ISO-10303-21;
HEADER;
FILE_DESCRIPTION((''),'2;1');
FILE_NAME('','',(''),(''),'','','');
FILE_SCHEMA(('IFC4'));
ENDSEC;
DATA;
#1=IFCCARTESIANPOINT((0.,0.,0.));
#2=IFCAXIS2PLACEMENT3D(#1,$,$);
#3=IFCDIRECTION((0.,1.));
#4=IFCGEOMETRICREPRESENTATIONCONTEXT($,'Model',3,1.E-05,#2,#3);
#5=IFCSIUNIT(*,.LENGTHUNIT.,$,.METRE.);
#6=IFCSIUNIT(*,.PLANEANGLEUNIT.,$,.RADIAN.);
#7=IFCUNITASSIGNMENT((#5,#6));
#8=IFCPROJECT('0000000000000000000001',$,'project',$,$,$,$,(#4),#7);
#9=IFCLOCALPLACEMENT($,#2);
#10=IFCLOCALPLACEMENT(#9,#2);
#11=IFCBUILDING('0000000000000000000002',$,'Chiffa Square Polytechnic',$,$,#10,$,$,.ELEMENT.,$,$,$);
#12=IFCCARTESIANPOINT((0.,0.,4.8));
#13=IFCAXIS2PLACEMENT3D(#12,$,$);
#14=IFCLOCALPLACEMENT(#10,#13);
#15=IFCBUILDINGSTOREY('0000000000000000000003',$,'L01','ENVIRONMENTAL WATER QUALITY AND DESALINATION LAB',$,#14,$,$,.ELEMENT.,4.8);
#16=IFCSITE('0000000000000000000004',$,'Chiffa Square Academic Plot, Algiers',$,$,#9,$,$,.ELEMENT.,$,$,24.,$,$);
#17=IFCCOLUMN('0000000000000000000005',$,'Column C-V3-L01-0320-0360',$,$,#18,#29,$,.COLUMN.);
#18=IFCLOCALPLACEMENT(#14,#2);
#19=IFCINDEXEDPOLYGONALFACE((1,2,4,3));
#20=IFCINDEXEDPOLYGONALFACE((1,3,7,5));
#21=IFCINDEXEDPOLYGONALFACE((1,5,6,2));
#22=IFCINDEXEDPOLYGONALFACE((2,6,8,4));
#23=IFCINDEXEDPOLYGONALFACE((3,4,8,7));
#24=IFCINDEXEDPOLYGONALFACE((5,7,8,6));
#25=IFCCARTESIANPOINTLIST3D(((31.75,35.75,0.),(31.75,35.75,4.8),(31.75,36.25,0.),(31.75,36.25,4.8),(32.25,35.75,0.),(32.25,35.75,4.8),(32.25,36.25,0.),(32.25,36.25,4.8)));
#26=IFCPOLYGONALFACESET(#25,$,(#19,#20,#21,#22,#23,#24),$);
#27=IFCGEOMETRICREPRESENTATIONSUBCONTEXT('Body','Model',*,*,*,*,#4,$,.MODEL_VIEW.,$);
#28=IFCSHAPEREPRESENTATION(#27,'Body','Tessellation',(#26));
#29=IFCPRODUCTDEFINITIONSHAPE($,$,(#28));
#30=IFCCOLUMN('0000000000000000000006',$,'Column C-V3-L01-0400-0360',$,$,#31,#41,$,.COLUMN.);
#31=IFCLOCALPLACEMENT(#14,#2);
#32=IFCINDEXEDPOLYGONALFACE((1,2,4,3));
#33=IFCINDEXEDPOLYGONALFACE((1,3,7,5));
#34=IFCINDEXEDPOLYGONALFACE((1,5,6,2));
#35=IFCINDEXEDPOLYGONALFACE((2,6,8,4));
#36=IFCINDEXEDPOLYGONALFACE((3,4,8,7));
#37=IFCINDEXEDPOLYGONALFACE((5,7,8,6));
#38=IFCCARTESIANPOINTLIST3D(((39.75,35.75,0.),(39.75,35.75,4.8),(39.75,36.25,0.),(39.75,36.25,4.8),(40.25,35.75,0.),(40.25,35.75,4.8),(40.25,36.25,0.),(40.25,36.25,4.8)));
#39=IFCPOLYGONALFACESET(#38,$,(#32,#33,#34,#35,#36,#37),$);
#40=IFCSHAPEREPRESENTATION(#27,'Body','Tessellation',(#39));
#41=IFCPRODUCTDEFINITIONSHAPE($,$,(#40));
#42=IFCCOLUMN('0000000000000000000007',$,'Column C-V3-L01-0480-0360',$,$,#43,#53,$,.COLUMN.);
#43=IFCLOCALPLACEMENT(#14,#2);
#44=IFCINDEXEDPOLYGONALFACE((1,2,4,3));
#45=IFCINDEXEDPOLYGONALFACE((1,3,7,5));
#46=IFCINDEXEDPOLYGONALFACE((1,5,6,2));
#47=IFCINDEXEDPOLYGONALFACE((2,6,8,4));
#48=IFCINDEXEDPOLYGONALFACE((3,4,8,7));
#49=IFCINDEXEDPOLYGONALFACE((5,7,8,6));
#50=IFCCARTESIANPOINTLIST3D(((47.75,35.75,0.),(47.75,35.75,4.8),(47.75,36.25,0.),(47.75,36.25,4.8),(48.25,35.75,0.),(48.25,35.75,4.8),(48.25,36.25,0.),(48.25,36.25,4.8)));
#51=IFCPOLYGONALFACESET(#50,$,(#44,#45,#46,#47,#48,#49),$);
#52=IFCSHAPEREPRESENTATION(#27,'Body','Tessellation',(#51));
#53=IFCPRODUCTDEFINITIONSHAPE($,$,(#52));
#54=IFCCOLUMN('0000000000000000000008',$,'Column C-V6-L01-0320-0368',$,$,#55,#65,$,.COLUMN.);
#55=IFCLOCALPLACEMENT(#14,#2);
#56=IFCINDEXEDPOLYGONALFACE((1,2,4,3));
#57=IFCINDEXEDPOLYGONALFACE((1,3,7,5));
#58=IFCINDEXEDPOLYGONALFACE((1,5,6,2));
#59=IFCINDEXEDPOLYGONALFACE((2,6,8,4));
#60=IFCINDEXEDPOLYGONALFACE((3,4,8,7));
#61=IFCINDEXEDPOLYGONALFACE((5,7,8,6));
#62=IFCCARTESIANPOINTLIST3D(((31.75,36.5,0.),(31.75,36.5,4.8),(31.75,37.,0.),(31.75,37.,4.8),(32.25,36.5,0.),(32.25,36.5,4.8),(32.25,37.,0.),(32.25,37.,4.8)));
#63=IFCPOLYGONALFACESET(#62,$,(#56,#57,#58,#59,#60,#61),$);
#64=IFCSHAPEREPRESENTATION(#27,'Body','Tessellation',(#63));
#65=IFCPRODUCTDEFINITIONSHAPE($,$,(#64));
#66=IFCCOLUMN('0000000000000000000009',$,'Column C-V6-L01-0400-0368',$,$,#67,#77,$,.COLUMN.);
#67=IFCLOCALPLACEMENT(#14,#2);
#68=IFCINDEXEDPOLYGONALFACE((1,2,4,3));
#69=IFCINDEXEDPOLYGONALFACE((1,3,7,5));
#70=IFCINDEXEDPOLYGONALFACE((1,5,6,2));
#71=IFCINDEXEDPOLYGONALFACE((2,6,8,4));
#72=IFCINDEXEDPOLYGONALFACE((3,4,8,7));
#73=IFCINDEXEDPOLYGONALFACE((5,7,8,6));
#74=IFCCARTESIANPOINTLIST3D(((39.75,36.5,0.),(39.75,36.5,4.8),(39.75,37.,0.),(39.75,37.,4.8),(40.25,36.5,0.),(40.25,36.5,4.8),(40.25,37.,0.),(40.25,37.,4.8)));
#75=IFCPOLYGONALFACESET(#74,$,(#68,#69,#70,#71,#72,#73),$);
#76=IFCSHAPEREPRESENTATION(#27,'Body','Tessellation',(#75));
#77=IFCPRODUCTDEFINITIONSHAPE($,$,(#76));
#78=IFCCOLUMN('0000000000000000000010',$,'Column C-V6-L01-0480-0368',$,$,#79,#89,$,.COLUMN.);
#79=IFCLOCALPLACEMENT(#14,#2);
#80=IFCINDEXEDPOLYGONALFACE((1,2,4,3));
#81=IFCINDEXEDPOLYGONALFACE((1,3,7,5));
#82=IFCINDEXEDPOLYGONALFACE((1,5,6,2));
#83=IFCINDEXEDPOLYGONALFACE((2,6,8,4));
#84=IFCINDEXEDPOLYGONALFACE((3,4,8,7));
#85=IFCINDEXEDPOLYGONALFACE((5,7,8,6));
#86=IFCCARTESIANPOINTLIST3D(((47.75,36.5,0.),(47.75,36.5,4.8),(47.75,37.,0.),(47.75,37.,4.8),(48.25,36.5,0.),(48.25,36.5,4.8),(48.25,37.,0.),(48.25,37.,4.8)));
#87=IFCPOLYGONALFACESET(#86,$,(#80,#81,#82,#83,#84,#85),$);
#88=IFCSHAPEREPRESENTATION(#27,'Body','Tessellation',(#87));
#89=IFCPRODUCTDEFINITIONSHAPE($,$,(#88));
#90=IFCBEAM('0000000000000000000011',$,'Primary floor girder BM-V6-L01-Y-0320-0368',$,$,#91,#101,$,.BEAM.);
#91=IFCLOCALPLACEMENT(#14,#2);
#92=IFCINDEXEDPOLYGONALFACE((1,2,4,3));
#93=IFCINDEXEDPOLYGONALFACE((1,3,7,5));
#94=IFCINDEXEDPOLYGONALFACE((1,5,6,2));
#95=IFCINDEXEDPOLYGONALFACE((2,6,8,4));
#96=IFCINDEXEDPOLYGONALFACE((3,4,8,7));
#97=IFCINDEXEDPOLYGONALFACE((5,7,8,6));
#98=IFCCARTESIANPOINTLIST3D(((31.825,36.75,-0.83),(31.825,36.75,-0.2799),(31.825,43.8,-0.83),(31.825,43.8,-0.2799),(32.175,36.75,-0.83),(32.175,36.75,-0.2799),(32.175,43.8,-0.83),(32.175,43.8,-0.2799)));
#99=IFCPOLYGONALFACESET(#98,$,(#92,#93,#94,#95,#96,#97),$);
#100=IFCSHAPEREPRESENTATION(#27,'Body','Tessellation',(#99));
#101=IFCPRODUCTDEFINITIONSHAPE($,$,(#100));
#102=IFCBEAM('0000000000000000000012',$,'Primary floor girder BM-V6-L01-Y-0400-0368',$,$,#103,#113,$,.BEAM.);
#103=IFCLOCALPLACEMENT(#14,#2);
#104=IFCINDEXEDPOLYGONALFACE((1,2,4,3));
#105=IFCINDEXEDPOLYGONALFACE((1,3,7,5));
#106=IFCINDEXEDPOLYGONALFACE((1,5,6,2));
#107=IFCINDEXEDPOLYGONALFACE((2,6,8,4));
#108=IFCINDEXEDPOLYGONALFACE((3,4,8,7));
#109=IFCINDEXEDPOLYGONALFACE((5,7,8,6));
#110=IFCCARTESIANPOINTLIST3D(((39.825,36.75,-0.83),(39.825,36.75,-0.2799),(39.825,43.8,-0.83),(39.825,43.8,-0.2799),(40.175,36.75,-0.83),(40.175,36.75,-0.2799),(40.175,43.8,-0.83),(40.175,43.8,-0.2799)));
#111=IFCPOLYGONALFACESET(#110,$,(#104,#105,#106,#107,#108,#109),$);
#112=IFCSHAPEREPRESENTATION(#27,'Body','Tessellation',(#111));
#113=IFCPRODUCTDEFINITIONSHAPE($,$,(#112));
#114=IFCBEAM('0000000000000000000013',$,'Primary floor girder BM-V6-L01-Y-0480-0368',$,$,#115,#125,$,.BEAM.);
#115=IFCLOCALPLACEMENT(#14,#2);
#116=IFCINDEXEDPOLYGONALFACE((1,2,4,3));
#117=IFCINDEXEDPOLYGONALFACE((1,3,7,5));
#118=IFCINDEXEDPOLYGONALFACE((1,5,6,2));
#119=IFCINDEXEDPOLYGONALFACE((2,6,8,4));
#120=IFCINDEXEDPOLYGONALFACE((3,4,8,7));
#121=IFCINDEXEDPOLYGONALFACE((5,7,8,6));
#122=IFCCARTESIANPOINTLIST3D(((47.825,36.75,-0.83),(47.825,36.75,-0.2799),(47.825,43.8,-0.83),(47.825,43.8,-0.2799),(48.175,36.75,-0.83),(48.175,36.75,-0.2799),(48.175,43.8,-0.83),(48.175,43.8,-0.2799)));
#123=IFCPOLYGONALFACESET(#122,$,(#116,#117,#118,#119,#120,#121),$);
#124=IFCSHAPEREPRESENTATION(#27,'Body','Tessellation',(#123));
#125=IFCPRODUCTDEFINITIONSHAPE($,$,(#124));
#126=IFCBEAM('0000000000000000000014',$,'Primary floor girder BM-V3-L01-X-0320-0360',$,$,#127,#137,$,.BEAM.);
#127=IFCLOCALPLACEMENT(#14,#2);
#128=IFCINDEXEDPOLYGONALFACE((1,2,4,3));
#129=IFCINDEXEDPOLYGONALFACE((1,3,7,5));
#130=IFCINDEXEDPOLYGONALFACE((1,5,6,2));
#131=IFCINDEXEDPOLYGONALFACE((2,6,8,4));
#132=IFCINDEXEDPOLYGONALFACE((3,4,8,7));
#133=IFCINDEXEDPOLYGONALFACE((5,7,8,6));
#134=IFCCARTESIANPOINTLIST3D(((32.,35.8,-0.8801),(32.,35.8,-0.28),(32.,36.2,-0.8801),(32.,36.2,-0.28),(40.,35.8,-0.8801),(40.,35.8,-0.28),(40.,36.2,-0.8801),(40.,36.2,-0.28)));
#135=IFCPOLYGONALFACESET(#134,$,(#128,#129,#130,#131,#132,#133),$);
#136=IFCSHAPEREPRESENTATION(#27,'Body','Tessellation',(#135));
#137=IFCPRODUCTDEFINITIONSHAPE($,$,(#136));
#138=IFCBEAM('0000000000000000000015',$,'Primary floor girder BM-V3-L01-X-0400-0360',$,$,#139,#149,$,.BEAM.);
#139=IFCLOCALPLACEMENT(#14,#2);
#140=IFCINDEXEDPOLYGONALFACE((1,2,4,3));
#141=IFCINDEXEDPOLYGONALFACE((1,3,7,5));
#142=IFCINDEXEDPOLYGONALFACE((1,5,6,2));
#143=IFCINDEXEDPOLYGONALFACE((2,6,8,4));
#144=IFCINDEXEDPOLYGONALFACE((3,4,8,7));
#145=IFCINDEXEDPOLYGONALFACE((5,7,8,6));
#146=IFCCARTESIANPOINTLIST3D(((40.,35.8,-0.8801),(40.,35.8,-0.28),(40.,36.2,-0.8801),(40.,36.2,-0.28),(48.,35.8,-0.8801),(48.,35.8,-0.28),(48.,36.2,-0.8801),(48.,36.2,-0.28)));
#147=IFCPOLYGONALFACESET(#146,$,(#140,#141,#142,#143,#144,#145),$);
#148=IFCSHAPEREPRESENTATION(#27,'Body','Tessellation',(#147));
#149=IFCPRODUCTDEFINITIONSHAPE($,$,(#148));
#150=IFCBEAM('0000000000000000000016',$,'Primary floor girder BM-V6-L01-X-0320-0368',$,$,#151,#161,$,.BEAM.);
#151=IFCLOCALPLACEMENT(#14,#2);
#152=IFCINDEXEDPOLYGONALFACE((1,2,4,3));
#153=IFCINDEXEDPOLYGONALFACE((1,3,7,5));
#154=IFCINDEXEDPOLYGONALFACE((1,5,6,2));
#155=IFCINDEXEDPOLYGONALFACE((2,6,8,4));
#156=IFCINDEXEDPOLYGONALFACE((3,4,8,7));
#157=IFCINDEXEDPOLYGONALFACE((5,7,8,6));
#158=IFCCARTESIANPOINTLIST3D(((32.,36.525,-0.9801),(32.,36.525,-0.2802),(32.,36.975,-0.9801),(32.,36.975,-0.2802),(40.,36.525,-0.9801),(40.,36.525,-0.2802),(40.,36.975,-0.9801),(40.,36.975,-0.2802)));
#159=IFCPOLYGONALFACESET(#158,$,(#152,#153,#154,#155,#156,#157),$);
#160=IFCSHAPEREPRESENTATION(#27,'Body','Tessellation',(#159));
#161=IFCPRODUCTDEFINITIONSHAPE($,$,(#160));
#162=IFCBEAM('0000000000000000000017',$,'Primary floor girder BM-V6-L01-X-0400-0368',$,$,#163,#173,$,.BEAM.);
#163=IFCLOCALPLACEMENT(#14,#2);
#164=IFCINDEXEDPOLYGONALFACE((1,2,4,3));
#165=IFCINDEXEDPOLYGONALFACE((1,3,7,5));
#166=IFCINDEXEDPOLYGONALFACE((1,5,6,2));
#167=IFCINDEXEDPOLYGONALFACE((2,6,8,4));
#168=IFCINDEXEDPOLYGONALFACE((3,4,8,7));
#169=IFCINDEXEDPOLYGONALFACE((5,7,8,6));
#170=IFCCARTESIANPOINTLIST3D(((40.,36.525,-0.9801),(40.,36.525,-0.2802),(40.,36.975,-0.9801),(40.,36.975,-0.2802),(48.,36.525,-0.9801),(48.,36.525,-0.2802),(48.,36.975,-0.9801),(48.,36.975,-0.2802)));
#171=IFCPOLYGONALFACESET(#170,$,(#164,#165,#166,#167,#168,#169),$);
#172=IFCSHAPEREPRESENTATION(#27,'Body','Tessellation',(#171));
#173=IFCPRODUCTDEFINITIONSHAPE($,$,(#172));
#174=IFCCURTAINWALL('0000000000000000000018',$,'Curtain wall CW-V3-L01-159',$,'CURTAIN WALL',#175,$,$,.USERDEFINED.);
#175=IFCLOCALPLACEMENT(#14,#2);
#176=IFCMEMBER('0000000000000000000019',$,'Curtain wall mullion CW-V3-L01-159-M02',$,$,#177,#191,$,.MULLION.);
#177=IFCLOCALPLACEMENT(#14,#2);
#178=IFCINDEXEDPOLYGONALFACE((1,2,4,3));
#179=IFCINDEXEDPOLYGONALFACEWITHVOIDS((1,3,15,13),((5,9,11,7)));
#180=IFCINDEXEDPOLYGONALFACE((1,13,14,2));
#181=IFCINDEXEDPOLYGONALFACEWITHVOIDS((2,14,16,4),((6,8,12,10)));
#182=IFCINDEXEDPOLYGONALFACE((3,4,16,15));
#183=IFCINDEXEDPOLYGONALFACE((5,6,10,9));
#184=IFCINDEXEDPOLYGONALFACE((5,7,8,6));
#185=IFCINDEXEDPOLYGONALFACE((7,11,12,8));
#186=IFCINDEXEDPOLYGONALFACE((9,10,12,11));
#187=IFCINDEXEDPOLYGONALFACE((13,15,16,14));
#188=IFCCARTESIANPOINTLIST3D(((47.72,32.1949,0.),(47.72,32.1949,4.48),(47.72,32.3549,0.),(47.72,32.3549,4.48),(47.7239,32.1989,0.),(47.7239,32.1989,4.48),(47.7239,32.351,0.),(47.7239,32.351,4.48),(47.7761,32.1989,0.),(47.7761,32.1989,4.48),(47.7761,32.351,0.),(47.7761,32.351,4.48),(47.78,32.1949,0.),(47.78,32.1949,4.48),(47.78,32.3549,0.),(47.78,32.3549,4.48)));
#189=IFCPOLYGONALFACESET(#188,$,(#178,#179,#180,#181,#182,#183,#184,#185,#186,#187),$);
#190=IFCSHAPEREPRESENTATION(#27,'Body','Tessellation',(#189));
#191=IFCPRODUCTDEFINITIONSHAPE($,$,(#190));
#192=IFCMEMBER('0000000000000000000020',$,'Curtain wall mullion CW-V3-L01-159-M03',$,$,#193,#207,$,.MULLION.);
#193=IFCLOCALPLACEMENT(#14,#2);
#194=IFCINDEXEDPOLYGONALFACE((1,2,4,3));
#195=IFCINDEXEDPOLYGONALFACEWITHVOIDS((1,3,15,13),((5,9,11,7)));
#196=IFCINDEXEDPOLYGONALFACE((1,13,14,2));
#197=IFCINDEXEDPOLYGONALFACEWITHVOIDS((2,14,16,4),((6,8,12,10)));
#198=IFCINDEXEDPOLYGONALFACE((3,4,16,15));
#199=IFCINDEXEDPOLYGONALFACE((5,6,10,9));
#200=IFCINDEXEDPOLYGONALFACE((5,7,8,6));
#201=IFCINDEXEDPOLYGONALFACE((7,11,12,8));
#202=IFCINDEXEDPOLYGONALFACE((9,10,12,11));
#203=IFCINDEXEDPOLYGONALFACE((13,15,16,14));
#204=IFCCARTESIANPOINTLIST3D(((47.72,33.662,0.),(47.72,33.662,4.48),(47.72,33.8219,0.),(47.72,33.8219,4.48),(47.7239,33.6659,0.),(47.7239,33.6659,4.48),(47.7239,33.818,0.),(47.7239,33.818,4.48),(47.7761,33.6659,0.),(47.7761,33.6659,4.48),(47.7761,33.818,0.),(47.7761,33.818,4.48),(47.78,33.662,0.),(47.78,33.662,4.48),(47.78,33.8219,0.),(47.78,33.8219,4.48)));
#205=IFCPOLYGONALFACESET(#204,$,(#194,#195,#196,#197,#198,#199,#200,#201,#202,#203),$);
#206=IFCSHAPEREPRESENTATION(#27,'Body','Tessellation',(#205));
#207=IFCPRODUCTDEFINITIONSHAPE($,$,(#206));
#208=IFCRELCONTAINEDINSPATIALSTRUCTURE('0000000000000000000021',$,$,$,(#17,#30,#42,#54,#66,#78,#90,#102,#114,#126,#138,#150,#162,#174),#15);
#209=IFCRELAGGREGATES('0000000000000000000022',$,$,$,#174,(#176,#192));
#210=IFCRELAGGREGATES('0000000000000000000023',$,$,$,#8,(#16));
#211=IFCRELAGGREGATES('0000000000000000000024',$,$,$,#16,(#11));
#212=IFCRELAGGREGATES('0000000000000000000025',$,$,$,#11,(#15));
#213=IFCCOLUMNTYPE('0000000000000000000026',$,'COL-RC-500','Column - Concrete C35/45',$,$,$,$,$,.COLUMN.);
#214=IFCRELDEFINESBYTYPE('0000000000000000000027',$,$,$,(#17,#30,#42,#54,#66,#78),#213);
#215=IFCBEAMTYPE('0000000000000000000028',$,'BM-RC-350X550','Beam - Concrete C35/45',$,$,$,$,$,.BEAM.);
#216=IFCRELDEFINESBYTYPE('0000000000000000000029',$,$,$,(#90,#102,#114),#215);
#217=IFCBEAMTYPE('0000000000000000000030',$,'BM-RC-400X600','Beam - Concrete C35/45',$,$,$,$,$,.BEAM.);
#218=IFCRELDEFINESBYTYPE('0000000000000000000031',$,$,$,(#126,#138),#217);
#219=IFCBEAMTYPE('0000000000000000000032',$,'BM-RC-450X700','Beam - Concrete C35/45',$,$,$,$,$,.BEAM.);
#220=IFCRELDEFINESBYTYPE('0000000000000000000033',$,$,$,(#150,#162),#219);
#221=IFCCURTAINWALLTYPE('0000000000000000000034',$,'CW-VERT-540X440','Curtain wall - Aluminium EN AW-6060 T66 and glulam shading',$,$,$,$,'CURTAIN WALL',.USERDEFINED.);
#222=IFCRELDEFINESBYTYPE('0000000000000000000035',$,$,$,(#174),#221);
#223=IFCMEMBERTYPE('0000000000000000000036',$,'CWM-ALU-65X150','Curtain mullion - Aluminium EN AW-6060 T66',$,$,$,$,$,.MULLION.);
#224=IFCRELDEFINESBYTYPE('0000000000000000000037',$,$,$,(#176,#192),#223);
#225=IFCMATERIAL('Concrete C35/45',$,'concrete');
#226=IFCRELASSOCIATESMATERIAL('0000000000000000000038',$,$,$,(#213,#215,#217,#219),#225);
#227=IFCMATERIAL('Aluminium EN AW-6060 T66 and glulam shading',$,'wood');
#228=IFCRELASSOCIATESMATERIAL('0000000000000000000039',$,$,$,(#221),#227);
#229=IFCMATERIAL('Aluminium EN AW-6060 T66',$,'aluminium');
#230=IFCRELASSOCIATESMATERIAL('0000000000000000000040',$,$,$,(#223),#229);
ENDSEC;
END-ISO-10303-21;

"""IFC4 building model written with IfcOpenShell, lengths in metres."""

from ifc_helpers import new_model, si_unit, direction, frame, origin, origin_2d, place, context, subcontext, project, spatial, rectangle, hollow_rectangle, extrude, material, material_profile, profile_set, type_object, element, aggregate, save


model = new_model("IFC4")

# Units and contexts
model_context = context("Model", 3, precision=1e-05, world=origin(), true_north=direction((0.0, 1.0)))
body_context = subcontext(model_context, "Body", "Model", "MODEL_VIEW")
ifc_project = project(units=[si_unit("LENGTHUNIT", "METRE"), si_unit("PLANEANGLEUNIT", "RADIAN")], contexts=[model_context])

# Site, building, storey
site_placement = place(None, origin())
site = spatial("IfcSite", under=ifc_project, at=site_placement, Name="Chiffa Square Academic Plot, Algiers", CompositionType="ELEMENT", RefElevation=24.0)
building_placement = place(site_placement, origin())
building = spatial("IfcBuilding", under=site, at=building_placement, Name="Chiffa Square Polytechnic", CompositionType="ELEMENT")
storey_placement = place(building_placement, frame((0.0, 0.0, 4.8)))
storey = spatial("IfcBuildingStorey", under=building, at=storey_placement, Name="L01", Description="ENVIRONMENTAL WATER QUALITY AND DESALINATION LAB", CompositionType="ELEMENT", Elevation=4.8)

# Columns
ifc_material_1 = material(Name="Concrete C35/45", Category="concrete")
ifc_material_profile_1 = material_profile(ifc_material_1, rectangle(XDim=0.5, YDim=0.5, at=origin_2d()), Name="RC 500x500")
ifc_profile_set_1 = profile_set([ifc_material_profile_1], Name="Concrete C35/45")
column_type = type_object("IfcColumnType", Name="COL-RC-500", Description="Column - Concrete C35/45", PredefinedType="COLUMN", material=ifc_profile_set_1)
for number, where, z_axis, x_axis, name in (
    (1, (32.0, 36.0, 0.0), (0.0, 0.0, 1.0), (1.0, 0.0, 0.0), "Column C-V3-L01-0320-0360"),
    (2, (40.0, 36.0, 0.0), (0.0, 0.0, 1.0), (1.0, 0.0, 0.0), "Column C-V3-L01-0400-0360"),
    (3, (48.0, 36.0, 0.0), (0.0, 0.0, 1.0), (1.0, 0.0, 0.0), "Column C-V3-L01-0480-0360"),
    (4, (32.0, 36.75, 0.0), (0.0, 0.0, 1.0), (1.0, 0.0, 0.0), "Column C-V6-L01-0320-0368"),
    (5, (40.0, 36.75, 0.0), (0.0, 0.0, 1.0), (1.0, 0.0, 0.0), "Column C-V6-L01-0400-0368"),
    (6, (48.0, 36.75, 0.0), (0.0, 0.0, 1.0), (1.0, 0.0, 0.0), "Column C-V6-L01-0480-0368"),
):
    element("IfcColumn", number, at=place(storey_placement, frame(where, z_axis=z_axis, x_axis=x_axis)), inside=storey, type_object=column_type, Name=name, PredefinedType="COLUMN", context=body_context, shape_type="SweptSolid", body=[
        extrude(rectangle(XDim=0.5, YDim=0.5, at=origin_2d()), origin(), (0.0, 0.0, 1.0), 4.8),
    ])

# Beams
ifc_material_profile_2 = material_profile(ifc_material_1, rectangle(XDim=0.3501, YDim=0.55, at=origin_2d()), Name="RC 350x550")
ifc_profile_set_2 = profile_set([ifc_material_profile_2], Name="Concrete C35/45")
beam_type_1 = type_object("IfcBeamType", Name="BM-RC-350X550", Description="Beam - Concrete C35/45", PredefinedType="BEAM", material=ifc_profile_set_2)
for number, where, z_axis, x_axis, name in (
    (7, (32.0, 36.75, -0.5549), (0.0, 1.0, 0.0), (-1.0, 0.0, 0.0), "Primary floor girder BM-V6-L01-Y-0320-0368"),
    (8, (40.0, 36.75, -0.5549), (0.0, 1.0, 0.0), (-1.0, 0.0, 0.0), "Primary floor girder BM-V6-L01-Y-0400-0368"),
    (9, (48.0, 36.75, -0.5549), (0.0, 1.0, 0.0), (-1.0, 0.0, 0.0), "Primary floor girder BM-V6-L01-Y-0480-0368"),
):
    element("IfcBeam", number, at=place(storey_placement, frame(where, z_axis=z_axis, x_axis=x_axis)), inside=storey, type_object=beam_type_1, Name=name, PredefinedType="BEAM", context=body_context, shape_type="SweptSolid", body=[
        extrude(rectangle(XDim=0.3501, YDim=0.55, at=origin_2d()), origin(), (0.0, 0.0, 1.0), 7.05),
    ])
ifc_material_profile_3 = material_profile(ifc_material_1, rectangle(XDim=0.3999, YDim=0.6001, at=origin_2d()), Name="RC 400x600")
ifc_profile_set_3 = profile_set([ifc_material_profile_3], Name="Concrete C35/45")
beam_type_2 = type_object("IfcBeamType", Name="BM-RC-400X600", Description="Beam - Concrete C35/45", PredefinedType="BEAM", material=ifc_profile_set_3)
for number, where, z_axis, x_axis, name in (
    (10, (32.0, 36.0, -0.5801), (1.0, 0.0, 0.0), (0.0, 1.0, 0.0), "Primary floor girder BM-V3-L01-X-0320-0360"),
    (11, (40.0, 36.0, -0.5801), (1.0, 0.0, 0.0), (0.0, 1.0, 0.0), "Primary floor girder BM-V3-L01-X-0400-0360"),
):
    element("IfcBeam", number, at=place(storey_placement, frame(where, z_axis=z_axis, x_axis=x_axis)), inside=storey, type_object=beam_type_2, Name=name, PredefinedType="BEAM", context=body_context, shape_type="SweptSolid", body=[
        extrude(rectangle(XDim=0.3999, YDim=0.6001, at=origin_2d()), origin(), (0.0, 0.0, 1.0), 8.0),
    ])
ifc_material_profile_4 = material_profile(ifc_material_1, rectangle(XDim=0.45, YDim=0.7, at=origin_2d()), Name="RC 450x700")
ifc_profile_set_4 = profile_set([ifc_material_profile_4], Name="Concrete C35/45")
beam_type_3 = type_object("IfcBeamType", Name="BM-RC-450X700", Description="Beam - Concrete C35/45", PredefinedType="BEAM", material=ifc_profile_set_4)
for number, where, z_axis, x_axis, name in (
    (12, (32.0, 36.75, -0.6301), (1.0, 0.0, 0.0), (0.0, 1.0, 0.0), "Primary floor girder BM-V6-L01-X-0320-0368"),
    (13, (40.0, 36.75, -0.6301), (1.0, 0.0, 0.0), (0.0, 1.0, 0.0), "Primary floor girder BM-V6-L01-X-0400-0368"),
):
    element("IfcBeam", number, at=place(storey_placement, frame(where, z_axis=z_axis, x_axis=x_axis)), inside=storey, type_object=beam_type_3, Name=name, PredefinedType="BEAM", context=body_context, shape_type="SweptSolid", body=[
        extrude(rectangle(XDim=0.45, YDim=0.7, at=origin_2d()), origin(), (0.0, 0.0, 1.0), 8.0),
    ])

# Curtain wall, members
ifc_material_2 = material(Name="Aluminium EN AW-6060 T66 and glulam shading", Category="wood")
curtain_wall_type = type_object("IfcCurtainWallType", Name="CW-VERT-540X440", Description="Curtain wall - Aluminium EN AW-6060 T66 and glulam shading", ElementType="CURTAIN WALL", PredefinedType="USERDEFINED", material=ifc_material_2)
curtain_wall_placement = place(storey_placement, origin())
curtain_wall = element("IfcCurtainWall", 14, at=curtain_wall_placement, inside=storey, type_object=curtain_wall_type, Name="Curtain wall CW-V3-L01-159", ObjectType="CURTAIN WALL", PredefinedType="USERDEFINED")
ifc_material_3 = material(Name="Aluminium EN AW-6060 T66", Category="aluminium")
ifc_material_profile_5 = material_profile(ifc_material_3, hollow_rectangle(XDim=0.0601, YDim=0.1599, WallThickness=0.0039, at=origin_2d()), Name="ALU 60x160x4")
ifc_profile_set_5 = profile_set([ifc_material_profile_5], Name="Aluminium EN AW-6060 T66")
member_type = type_object("IfcMemberType", Name="CWM-ALU-65X150", Description="Curtain mullion - Aluminium EN AW-6060 T66", PredefinedType="MULLION", material=ifc_profile_set_5)
member_1_placement = place(storey_placement, frame((47.75, 32.2749, 0.0), z_axis=(0.0, 0.0, 1.0), x_axis=(1.0, 0.0, 0.0)))
member_1 = element("IfcMember", 15, at=member_1_placement, type_object=member_type, Name="Curtain wall mullion CW-V3-L01-159-M02", PredefinedType="MULLION", context=body_context, shape_type="SweptSolid", body=[
    extrude(hollow_rectangle(XDim=0.0601, YDim=0.1599, WallThickness=0.0039, at=origin_2d()), origin(), (0.0, 0.0, 1.0), 4.48),
])
member_2_placement = place(storey_placement, frame((47.75, 33.7419, 0.0), z_axis=(0.0, 0.0, 1.0), x_axis=(1.0, 0.0, 0.0)))
member_2 = element("IfcMember", 16, at=member_2_placement, type_object=member_type, Name="Curtain wall mullion CW-V3-L01-159-M03", PredefinedType="MULLION", context=body_context, shape_type="SweptSolid", body=[
    extrude(hollow_rectangle(XDim=0.0601, YDim=0.1599, WallThickness=0.0039, at=origin_2d()), origin(), (0.0, 0.0, 1.0), 4.48),
])

aggregate(curtain_wall, [member_1, member_2])

save(model, "model.ifc")
